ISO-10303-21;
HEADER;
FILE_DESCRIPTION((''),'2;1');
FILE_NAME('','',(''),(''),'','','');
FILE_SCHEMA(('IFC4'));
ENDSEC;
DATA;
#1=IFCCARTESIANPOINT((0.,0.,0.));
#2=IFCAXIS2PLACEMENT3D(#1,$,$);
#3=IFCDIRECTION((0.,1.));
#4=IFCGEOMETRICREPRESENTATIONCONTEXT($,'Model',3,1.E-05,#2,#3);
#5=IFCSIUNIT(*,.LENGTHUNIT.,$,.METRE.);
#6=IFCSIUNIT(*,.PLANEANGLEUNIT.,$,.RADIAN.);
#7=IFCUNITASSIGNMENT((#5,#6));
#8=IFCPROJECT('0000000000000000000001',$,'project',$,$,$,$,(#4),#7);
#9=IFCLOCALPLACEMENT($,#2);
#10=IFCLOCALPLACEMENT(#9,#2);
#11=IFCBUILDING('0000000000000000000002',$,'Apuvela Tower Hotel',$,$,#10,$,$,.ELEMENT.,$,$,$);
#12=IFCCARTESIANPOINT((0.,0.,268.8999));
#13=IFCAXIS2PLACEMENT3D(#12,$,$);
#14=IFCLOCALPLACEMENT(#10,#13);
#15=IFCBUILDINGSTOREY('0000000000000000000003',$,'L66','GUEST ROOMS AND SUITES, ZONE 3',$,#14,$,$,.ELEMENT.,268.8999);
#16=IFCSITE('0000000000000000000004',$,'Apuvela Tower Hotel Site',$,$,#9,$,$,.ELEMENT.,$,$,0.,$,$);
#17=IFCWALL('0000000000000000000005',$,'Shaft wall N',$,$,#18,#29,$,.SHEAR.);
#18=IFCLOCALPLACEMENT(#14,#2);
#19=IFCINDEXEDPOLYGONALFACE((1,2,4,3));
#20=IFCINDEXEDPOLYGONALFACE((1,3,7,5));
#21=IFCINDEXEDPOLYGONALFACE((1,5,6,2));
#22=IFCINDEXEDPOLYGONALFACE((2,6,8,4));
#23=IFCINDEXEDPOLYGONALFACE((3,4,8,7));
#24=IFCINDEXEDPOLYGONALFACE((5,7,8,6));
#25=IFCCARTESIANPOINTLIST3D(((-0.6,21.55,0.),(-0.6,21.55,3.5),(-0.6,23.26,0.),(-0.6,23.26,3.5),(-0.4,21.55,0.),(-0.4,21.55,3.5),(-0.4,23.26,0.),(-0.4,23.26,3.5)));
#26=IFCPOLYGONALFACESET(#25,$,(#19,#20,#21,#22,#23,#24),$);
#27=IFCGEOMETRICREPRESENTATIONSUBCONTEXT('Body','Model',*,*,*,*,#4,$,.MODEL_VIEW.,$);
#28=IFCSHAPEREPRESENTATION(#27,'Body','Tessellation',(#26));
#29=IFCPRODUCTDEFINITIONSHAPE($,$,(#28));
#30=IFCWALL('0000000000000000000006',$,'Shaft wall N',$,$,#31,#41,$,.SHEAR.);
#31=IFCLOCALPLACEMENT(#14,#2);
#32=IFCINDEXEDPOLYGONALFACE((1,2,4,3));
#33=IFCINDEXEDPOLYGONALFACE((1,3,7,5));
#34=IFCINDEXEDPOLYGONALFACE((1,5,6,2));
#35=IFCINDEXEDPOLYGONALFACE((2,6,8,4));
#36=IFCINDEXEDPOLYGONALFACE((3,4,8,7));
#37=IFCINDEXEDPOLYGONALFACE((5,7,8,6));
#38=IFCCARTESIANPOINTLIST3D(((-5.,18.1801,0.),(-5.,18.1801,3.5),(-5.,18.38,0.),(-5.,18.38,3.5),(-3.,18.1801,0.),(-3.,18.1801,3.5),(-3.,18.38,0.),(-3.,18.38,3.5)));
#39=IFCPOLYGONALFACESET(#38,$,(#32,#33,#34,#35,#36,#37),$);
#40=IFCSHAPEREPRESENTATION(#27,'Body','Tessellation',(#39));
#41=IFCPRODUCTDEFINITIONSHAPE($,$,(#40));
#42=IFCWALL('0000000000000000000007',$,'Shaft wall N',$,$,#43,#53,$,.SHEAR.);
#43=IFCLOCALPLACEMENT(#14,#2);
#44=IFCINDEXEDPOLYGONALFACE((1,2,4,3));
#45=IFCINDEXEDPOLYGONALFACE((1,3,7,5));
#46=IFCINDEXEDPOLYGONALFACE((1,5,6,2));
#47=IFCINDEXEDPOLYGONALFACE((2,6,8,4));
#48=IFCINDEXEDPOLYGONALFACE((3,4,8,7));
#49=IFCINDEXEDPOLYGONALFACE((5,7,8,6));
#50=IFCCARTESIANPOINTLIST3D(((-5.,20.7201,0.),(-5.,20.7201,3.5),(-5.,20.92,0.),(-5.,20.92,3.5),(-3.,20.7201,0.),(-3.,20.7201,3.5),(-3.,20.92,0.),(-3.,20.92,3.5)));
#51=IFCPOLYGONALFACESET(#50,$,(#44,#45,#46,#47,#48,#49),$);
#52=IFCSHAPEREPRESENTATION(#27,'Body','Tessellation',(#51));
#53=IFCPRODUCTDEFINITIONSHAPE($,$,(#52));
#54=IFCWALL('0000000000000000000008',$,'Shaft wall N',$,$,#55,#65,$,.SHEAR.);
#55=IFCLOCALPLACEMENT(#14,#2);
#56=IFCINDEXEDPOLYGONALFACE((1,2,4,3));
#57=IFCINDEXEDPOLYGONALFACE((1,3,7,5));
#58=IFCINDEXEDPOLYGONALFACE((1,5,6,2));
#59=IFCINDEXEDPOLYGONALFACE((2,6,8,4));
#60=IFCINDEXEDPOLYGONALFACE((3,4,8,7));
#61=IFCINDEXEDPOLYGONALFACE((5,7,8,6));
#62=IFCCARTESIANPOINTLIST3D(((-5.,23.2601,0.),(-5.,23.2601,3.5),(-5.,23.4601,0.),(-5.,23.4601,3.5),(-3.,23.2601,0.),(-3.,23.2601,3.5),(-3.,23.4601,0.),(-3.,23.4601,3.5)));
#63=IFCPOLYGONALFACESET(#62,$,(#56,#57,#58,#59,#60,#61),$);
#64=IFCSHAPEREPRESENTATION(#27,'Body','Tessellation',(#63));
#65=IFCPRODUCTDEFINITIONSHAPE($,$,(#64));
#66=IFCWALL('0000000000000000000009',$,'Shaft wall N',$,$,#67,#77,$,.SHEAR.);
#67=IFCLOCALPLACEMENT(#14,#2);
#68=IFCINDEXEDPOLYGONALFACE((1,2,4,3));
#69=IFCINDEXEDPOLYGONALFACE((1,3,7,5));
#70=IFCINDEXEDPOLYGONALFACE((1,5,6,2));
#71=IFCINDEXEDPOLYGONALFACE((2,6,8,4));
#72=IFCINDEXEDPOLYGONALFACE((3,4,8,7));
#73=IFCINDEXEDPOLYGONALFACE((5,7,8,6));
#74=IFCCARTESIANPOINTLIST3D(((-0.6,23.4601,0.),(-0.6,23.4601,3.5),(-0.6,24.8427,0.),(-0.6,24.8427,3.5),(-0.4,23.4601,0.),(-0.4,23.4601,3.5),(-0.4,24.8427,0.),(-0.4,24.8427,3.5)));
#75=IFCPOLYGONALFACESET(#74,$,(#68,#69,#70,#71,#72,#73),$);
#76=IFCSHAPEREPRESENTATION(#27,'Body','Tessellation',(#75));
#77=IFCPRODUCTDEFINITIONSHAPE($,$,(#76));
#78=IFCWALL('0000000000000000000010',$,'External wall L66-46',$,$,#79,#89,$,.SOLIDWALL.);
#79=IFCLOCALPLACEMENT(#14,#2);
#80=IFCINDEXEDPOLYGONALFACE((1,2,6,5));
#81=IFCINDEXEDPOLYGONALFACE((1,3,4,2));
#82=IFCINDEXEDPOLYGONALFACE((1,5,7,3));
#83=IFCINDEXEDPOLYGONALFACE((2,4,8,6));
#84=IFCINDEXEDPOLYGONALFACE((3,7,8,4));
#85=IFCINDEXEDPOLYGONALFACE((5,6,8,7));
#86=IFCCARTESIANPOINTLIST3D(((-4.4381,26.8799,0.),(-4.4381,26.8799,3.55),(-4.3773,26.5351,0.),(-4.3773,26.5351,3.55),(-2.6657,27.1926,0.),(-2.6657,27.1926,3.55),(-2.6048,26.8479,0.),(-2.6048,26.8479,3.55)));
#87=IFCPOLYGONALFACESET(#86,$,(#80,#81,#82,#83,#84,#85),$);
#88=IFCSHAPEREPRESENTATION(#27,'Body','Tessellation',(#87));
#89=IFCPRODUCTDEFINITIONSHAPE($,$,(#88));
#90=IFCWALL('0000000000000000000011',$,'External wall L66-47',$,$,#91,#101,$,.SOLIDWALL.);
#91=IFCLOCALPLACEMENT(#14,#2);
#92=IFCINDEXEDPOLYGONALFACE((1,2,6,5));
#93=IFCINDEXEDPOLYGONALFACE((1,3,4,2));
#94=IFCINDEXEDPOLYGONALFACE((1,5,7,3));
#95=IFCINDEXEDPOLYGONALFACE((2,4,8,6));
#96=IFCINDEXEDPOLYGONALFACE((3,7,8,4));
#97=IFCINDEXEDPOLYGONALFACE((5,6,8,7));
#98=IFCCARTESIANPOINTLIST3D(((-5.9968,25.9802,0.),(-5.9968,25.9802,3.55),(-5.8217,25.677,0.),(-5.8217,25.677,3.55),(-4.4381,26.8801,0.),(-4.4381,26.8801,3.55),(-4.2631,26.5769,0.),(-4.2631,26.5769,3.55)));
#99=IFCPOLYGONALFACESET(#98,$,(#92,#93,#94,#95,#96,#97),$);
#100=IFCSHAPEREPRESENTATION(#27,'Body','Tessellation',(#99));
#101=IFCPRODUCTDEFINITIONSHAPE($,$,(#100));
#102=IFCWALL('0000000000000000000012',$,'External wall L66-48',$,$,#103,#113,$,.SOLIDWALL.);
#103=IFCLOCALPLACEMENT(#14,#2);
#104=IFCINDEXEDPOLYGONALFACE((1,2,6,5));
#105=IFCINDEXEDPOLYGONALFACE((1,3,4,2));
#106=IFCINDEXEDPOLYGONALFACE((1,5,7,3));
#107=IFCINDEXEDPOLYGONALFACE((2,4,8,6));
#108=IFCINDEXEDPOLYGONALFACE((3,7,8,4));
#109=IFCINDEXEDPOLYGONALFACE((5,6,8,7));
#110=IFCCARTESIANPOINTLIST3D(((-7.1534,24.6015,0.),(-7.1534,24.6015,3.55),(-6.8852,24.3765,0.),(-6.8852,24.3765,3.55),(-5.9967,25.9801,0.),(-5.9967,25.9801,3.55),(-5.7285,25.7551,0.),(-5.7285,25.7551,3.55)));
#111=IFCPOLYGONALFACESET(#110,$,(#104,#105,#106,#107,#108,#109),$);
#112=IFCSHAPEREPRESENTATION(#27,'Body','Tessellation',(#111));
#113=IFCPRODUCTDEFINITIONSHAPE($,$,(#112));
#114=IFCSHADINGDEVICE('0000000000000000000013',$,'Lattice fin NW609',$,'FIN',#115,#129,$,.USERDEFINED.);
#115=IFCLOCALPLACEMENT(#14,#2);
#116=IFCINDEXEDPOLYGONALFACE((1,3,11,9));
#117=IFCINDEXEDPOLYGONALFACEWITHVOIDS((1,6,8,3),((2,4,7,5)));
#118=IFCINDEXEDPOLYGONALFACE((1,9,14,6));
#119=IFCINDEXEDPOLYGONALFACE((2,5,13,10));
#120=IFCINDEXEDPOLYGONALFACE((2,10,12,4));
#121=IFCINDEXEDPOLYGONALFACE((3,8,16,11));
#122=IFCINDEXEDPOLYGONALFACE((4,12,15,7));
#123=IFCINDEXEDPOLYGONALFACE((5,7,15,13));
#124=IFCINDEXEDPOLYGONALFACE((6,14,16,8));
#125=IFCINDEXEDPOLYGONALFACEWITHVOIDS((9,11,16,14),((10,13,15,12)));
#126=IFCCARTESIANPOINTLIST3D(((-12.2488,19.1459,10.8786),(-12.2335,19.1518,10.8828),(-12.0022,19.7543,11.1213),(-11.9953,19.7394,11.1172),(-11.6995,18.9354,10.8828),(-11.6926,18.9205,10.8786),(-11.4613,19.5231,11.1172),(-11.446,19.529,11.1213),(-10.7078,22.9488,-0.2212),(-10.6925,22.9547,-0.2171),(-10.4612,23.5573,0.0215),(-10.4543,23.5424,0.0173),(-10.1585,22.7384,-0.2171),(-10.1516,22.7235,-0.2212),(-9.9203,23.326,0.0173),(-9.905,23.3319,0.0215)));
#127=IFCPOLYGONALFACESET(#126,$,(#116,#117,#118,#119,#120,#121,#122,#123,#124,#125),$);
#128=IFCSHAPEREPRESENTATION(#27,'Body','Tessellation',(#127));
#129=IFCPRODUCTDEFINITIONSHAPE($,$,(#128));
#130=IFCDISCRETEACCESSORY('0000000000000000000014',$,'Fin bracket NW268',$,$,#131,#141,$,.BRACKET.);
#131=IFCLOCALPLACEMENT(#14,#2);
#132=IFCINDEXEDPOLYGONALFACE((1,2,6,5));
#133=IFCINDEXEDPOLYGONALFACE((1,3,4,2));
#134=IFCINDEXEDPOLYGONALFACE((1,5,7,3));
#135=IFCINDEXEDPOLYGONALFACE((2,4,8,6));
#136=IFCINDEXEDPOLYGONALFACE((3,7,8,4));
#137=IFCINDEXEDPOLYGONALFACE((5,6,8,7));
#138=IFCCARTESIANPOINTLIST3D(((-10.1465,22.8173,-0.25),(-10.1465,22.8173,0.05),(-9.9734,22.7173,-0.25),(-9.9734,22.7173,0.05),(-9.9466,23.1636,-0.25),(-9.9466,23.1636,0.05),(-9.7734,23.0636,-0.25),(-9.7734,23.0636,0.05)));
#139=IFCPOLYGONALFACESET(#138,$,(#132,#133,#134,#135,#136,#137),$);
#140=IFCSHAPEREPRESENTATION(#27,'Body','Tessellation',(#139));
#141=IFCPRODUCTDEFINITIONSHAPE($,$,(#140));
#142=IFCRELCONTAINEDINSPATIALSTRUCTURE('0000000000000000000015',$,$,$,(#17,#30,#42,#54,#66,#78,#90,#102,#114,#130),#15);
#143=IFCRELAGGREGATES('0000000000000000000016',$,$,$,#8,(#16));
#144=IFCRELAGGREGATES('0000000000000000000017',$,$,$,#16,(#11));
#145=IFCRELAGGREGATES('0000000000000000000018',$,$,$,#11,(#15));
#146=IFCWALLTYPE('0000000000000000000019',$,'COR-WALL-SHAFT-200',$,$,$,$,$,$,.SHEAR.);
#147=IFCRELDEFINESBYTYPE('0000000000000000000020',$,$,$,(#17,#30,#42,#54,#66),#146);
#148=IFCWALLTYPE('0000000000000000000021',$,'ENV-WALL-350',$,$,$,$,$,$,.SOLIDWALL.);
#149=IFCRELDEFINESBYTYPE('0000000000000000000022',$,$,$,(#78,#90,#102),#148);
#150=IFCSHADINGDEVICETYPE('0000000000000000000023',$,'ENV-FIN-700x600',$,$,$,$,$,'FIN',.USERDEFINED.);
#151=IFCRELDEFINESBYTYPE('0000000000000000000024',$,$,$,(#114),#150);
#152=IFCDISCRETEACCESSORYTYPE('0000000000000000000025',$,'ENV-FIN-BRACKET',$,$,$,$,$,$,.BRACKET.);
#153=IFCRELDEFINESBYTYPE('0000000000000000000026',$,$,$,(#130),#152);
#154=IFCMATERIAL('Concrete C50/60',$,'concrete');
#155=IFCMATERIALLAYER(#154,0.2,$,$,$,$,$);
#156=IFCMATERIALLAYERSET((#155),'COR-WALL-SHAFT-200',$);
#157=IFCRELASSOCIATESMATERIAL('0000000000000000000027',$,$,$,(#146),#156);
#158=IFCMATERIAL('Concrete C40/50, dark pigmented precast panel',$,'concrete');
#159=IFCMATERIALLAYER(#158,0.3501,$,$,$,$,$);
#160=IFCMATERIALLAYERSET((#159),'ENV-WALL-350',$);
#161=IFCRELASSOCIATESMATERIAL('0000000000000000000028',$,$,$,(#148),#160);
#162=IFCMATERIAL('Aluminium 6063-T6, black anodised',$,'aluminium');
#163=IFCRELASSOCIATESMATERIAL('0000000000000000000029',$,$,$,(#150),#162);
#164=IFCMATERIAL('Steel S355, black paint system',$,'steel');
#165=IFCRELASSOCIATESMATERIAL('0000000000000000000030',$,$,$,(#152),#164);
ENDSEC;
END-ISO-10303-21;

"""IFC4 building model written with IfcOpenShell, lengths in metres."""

from ifc_helpers import new_model, si_unit, direction, frame, frame_2d, origin, origin_2d, place, context, subcontext, project, spatial, rectangle, hollow_rectangle, extrude, material, layer, layer_set, material_profile, profile_set, type_object, element, save


model = new_model("IFC4")

# Units and contexts
model_context = context("Model", 3, precision=1e-05, world=origin(), true_north=direction((0.0, 1.0)))
body_context = subcontext(model_context, "Body", "Model", "MODEL_VIEW")
ifc_project = project(units=[si_unit("LENGTHUNIT", "METRE"), si_unit("PLANEANGLEUNIT", "RADIAN")], contexts=[model_context])

# Site, building, storey
site_placement = place(None, origin())
site = spatial("IfcSite", under=ifc_project, at=site_placement, Name="Apuvela Tower Hotel Site", CompositionType="ELEMENT", RefElevation=0.0)
building_placement = place(site_placement, origin())
building = spatial("IfcBuilding", under=site, at=building_placement, Name="Apuvela Tower Hotel", CompositionType="ELEMENT")
storey_placement = place(building_placement, frame((0.0, 0.0, 268.8999)))
storey = spatial("IfcBuildingStorey", under=building, at=storey_placement, Name="L66", Description="GUEST ROOMS AND SUITES, ZONE 3", CompositionType="ELEMENT", Elevation=268.8999)

# Shared definitions
ifc_material_1 = material(Name="Concrete C50/60", Category="concrete")
ifc_layer_1 = layer(ifc_material_1, 0.2)
ifc_layer_set_1 = layer_set([ifc_layer_1], Name="COR-WALL-SHAFT-200")
wall_type_1 = type_object("IfcWallType", Name="COR-WALL-SHAFT-200", PredefinedType="SHEAR", material=ifc_layer_set_1)

# Walls
wall_1_placement = place(storey_placement, frame((-0.5, 21.55, 0.0), z_axis=(0.0, 0.0, 1.0), x_axis=(0.0, 1.0, 0.0)))
element("IfcWall", 1, at=wall_1_placement, inside=storey, type_object=wall_type_1, Name="Shaft wall N", PredefinedType="SHEAR", context=body_context, shape_type="SweptSolid", body=[
    extrude(rectangle(XDim=1.71, YDim=0.2, at=frame_2d((0.855, 0.0))), origin(), (0.0, 0.0, 1.0), 3.5),
])
for number, where, z_axis, x_axis, name in (
    (2, (-3.0, 18.28, 0.0), (0.0, 0.0, 1.0), (-1.0, 0.0, 0.0), "Shaft wall N"),
    (3, (-3.0, 20.8201, 0.0), (0.0, 0.0, 1.0), (-1.0, 0.0, 0.0), "Shaft wall N"),
    (4, (-3.0, 23.3601, 0.0), (0.0, 0.0, 1.0), (-1.0, 0.0, 0.0), "Shaft wall N"),
):
    element("IfcWall", number, at=place(storey_placement, frame(where, z_axis=z_axis, x_axis=x_axis)), inside=storey, type_object=wall_type_1, Name=name, PredefinedType="SHEAR", context=body_context, shape_type="SweptSolid", body=[
        extrude(rectangle(XDim=2.0, YDim=0.2, at=frame_2d((1.0, 0.0))), origin(), (0.0, 0.0, 1.0), 3.5),
    ])
wall_2_placement = place(storey_placement, frame((-0.5, 23.46, 0.0), z_axis=(0.0, 0.0, 1.0), x_axis=(0.0, 1.0, 0.0)))
element("IfcWall", 5, at=wall_2_placement, inside=storey, type_object=wall_type_1, Name="Shaft wall N", PredefinedType="SHEAR", context=body_context, shape_type="SweptSolid", body=[
    extrude(rectangle(XDim=1.3826, YDim=0.2, at=frame_2d((0.6914, 0.0))), origin(), (0.0, 0.0, 1.0), 3.5),
])

# Shared definitions
ifc_material_2 = material(Name="Concrete C40/50, dark pigmented precast panel", Category="concrete")
ifc_layer_2 = layer(ifc_material_2, 0.3501)
ifc_layer_set_2 = layer_set([ifc_layer_2], Name="ENV-WALL-350")
wall_type_2 = type_object("IfcWallType", Name="ENV-WALL-350", PredefinedType="SOLIDWALL", material=ifc_layer_set_2)

# Walls
for number, where, z_axis, x_axis, name in (
    (6, (-2.6353, 27.0203, 0.0), (0.0, 0.0, 1.0), (-0.984788, -0.173762, 0.0), "External wall L66-46"),
    (7, (-4.3506, 26.7285, 0.0), (0.0, 0.0, 1.0), (-0.866014, -0.50002, 0.0), "External wall L66-47"),
):
    element("IfcWall", number, at=place(storey_placement, frame(where, z_axis=z_axis, x_axis=x_axis)), inside=storey, type_object=wall_type_2, Name=name, PredefinedType="SOLIDWALL", context=body_context, shape_type="SweptSolid", body=[
        extrude(rectangle(XDim=1.7998, YDim=0.3501, at=frame_2d((0.8999, 0.0))), origin(), (0.0, 0.0, 1.0), 3.55),
    ])
wall_3_placement = place(storey_placement, frame((-5.8625, 25.8677, 0.0), z_axis=(0.0, 0.0, 1.0), x_axis=(-0.642756, -0.766071, 0.0)))
element("IfcWall", 8, at=wall_3_placement, inside=storey, type_object=wall_type_2, Name="External wall L66-48", PredefinedType="SOLIDWALL", context=body_context, shape_type="SweptSolid", body=[
    extrude(rectangle(XDim=1.7996, YDim=0.3501, at=frame_2d((0.8999, 0.0))), origin(), (0.0, 0.0, 1.0), 3.55),
])

# Shading device
ifc_material_3 = material(Name="Aluminium 6063-T6, black anodised", Category="aluminium")
ifc_material_profile_1 = material_profile(ifc_material_3, hollow_rectangle(XDim=0.6001, YDim=0.7, WallThickness=0.012, at=origin_2d()), Name="AL BOX 700x600x12")
ifc_profile_set_1 = profile_set([ifc_material_profile_1], Name="Aluminium 6063-T6, black anodised")
shading_device_type = type_object("IfcShadingDeviceType", Name="ENV-FIN-700x600", ElementType="FIN", PredefinedType="USERDEFINED", material=ifc_profile_set_1)
shading_device_placement = place(storey_placement, frame((-10.3064, 23.1404, -0.0999), z_axis=(-0.130219, -0.32136, 0.937961), x_axis=(0.926801, -0.375552, 0.0)))
element("IfcShadingDevice", 9, at=shading_device_placement, inside=storey, type_object=shading_device_type, Name="Lattice fin NW609", ObjectType="FIN", PredefinedType="USERDEFINED", context=body_context, shape_type="SweptSolid", body=[
    extrude(hollow_rectangle(XDim=0.6001, YDim=0.7, WallThickness=0.012, at=origin_2d()), origin(), (0.0, 0.0, 1.0), 11.834),
])

# Discrete accessory
ifc_material_4 = material(Name="Steel S355, black paint system", Category="steel")
discrete_accessory_type = type_object("IfcDiscreteAccessoryType", Name="ENV-FIN-BRACKET", PredefinedType="BRACKET", material=ifc_material_4)
discrete_accessory_placement = place(storey_placement, frame((-9.96, 22.9404, -0.25), z_axis=(0.0, 0.0, 1.0), x_axis=(-0.5, -0.866025, 0.0)))
element("IfcDiscreteAccessory", 10, at=discrete_accessory_placement, inside=storey, type_object=discrete_accessory_type, Name="Fin bracket NW268", PredefinedType="BRACKET", context=body_context, shape_type="SweptSolid", body=[
    extrude(rectangle(XDim=0.3999, YDim=0.2, at=origin_2d()), origin(), (0.0, 0.0, 1.0), 0.3),
])

save(model, "model.ifc")
